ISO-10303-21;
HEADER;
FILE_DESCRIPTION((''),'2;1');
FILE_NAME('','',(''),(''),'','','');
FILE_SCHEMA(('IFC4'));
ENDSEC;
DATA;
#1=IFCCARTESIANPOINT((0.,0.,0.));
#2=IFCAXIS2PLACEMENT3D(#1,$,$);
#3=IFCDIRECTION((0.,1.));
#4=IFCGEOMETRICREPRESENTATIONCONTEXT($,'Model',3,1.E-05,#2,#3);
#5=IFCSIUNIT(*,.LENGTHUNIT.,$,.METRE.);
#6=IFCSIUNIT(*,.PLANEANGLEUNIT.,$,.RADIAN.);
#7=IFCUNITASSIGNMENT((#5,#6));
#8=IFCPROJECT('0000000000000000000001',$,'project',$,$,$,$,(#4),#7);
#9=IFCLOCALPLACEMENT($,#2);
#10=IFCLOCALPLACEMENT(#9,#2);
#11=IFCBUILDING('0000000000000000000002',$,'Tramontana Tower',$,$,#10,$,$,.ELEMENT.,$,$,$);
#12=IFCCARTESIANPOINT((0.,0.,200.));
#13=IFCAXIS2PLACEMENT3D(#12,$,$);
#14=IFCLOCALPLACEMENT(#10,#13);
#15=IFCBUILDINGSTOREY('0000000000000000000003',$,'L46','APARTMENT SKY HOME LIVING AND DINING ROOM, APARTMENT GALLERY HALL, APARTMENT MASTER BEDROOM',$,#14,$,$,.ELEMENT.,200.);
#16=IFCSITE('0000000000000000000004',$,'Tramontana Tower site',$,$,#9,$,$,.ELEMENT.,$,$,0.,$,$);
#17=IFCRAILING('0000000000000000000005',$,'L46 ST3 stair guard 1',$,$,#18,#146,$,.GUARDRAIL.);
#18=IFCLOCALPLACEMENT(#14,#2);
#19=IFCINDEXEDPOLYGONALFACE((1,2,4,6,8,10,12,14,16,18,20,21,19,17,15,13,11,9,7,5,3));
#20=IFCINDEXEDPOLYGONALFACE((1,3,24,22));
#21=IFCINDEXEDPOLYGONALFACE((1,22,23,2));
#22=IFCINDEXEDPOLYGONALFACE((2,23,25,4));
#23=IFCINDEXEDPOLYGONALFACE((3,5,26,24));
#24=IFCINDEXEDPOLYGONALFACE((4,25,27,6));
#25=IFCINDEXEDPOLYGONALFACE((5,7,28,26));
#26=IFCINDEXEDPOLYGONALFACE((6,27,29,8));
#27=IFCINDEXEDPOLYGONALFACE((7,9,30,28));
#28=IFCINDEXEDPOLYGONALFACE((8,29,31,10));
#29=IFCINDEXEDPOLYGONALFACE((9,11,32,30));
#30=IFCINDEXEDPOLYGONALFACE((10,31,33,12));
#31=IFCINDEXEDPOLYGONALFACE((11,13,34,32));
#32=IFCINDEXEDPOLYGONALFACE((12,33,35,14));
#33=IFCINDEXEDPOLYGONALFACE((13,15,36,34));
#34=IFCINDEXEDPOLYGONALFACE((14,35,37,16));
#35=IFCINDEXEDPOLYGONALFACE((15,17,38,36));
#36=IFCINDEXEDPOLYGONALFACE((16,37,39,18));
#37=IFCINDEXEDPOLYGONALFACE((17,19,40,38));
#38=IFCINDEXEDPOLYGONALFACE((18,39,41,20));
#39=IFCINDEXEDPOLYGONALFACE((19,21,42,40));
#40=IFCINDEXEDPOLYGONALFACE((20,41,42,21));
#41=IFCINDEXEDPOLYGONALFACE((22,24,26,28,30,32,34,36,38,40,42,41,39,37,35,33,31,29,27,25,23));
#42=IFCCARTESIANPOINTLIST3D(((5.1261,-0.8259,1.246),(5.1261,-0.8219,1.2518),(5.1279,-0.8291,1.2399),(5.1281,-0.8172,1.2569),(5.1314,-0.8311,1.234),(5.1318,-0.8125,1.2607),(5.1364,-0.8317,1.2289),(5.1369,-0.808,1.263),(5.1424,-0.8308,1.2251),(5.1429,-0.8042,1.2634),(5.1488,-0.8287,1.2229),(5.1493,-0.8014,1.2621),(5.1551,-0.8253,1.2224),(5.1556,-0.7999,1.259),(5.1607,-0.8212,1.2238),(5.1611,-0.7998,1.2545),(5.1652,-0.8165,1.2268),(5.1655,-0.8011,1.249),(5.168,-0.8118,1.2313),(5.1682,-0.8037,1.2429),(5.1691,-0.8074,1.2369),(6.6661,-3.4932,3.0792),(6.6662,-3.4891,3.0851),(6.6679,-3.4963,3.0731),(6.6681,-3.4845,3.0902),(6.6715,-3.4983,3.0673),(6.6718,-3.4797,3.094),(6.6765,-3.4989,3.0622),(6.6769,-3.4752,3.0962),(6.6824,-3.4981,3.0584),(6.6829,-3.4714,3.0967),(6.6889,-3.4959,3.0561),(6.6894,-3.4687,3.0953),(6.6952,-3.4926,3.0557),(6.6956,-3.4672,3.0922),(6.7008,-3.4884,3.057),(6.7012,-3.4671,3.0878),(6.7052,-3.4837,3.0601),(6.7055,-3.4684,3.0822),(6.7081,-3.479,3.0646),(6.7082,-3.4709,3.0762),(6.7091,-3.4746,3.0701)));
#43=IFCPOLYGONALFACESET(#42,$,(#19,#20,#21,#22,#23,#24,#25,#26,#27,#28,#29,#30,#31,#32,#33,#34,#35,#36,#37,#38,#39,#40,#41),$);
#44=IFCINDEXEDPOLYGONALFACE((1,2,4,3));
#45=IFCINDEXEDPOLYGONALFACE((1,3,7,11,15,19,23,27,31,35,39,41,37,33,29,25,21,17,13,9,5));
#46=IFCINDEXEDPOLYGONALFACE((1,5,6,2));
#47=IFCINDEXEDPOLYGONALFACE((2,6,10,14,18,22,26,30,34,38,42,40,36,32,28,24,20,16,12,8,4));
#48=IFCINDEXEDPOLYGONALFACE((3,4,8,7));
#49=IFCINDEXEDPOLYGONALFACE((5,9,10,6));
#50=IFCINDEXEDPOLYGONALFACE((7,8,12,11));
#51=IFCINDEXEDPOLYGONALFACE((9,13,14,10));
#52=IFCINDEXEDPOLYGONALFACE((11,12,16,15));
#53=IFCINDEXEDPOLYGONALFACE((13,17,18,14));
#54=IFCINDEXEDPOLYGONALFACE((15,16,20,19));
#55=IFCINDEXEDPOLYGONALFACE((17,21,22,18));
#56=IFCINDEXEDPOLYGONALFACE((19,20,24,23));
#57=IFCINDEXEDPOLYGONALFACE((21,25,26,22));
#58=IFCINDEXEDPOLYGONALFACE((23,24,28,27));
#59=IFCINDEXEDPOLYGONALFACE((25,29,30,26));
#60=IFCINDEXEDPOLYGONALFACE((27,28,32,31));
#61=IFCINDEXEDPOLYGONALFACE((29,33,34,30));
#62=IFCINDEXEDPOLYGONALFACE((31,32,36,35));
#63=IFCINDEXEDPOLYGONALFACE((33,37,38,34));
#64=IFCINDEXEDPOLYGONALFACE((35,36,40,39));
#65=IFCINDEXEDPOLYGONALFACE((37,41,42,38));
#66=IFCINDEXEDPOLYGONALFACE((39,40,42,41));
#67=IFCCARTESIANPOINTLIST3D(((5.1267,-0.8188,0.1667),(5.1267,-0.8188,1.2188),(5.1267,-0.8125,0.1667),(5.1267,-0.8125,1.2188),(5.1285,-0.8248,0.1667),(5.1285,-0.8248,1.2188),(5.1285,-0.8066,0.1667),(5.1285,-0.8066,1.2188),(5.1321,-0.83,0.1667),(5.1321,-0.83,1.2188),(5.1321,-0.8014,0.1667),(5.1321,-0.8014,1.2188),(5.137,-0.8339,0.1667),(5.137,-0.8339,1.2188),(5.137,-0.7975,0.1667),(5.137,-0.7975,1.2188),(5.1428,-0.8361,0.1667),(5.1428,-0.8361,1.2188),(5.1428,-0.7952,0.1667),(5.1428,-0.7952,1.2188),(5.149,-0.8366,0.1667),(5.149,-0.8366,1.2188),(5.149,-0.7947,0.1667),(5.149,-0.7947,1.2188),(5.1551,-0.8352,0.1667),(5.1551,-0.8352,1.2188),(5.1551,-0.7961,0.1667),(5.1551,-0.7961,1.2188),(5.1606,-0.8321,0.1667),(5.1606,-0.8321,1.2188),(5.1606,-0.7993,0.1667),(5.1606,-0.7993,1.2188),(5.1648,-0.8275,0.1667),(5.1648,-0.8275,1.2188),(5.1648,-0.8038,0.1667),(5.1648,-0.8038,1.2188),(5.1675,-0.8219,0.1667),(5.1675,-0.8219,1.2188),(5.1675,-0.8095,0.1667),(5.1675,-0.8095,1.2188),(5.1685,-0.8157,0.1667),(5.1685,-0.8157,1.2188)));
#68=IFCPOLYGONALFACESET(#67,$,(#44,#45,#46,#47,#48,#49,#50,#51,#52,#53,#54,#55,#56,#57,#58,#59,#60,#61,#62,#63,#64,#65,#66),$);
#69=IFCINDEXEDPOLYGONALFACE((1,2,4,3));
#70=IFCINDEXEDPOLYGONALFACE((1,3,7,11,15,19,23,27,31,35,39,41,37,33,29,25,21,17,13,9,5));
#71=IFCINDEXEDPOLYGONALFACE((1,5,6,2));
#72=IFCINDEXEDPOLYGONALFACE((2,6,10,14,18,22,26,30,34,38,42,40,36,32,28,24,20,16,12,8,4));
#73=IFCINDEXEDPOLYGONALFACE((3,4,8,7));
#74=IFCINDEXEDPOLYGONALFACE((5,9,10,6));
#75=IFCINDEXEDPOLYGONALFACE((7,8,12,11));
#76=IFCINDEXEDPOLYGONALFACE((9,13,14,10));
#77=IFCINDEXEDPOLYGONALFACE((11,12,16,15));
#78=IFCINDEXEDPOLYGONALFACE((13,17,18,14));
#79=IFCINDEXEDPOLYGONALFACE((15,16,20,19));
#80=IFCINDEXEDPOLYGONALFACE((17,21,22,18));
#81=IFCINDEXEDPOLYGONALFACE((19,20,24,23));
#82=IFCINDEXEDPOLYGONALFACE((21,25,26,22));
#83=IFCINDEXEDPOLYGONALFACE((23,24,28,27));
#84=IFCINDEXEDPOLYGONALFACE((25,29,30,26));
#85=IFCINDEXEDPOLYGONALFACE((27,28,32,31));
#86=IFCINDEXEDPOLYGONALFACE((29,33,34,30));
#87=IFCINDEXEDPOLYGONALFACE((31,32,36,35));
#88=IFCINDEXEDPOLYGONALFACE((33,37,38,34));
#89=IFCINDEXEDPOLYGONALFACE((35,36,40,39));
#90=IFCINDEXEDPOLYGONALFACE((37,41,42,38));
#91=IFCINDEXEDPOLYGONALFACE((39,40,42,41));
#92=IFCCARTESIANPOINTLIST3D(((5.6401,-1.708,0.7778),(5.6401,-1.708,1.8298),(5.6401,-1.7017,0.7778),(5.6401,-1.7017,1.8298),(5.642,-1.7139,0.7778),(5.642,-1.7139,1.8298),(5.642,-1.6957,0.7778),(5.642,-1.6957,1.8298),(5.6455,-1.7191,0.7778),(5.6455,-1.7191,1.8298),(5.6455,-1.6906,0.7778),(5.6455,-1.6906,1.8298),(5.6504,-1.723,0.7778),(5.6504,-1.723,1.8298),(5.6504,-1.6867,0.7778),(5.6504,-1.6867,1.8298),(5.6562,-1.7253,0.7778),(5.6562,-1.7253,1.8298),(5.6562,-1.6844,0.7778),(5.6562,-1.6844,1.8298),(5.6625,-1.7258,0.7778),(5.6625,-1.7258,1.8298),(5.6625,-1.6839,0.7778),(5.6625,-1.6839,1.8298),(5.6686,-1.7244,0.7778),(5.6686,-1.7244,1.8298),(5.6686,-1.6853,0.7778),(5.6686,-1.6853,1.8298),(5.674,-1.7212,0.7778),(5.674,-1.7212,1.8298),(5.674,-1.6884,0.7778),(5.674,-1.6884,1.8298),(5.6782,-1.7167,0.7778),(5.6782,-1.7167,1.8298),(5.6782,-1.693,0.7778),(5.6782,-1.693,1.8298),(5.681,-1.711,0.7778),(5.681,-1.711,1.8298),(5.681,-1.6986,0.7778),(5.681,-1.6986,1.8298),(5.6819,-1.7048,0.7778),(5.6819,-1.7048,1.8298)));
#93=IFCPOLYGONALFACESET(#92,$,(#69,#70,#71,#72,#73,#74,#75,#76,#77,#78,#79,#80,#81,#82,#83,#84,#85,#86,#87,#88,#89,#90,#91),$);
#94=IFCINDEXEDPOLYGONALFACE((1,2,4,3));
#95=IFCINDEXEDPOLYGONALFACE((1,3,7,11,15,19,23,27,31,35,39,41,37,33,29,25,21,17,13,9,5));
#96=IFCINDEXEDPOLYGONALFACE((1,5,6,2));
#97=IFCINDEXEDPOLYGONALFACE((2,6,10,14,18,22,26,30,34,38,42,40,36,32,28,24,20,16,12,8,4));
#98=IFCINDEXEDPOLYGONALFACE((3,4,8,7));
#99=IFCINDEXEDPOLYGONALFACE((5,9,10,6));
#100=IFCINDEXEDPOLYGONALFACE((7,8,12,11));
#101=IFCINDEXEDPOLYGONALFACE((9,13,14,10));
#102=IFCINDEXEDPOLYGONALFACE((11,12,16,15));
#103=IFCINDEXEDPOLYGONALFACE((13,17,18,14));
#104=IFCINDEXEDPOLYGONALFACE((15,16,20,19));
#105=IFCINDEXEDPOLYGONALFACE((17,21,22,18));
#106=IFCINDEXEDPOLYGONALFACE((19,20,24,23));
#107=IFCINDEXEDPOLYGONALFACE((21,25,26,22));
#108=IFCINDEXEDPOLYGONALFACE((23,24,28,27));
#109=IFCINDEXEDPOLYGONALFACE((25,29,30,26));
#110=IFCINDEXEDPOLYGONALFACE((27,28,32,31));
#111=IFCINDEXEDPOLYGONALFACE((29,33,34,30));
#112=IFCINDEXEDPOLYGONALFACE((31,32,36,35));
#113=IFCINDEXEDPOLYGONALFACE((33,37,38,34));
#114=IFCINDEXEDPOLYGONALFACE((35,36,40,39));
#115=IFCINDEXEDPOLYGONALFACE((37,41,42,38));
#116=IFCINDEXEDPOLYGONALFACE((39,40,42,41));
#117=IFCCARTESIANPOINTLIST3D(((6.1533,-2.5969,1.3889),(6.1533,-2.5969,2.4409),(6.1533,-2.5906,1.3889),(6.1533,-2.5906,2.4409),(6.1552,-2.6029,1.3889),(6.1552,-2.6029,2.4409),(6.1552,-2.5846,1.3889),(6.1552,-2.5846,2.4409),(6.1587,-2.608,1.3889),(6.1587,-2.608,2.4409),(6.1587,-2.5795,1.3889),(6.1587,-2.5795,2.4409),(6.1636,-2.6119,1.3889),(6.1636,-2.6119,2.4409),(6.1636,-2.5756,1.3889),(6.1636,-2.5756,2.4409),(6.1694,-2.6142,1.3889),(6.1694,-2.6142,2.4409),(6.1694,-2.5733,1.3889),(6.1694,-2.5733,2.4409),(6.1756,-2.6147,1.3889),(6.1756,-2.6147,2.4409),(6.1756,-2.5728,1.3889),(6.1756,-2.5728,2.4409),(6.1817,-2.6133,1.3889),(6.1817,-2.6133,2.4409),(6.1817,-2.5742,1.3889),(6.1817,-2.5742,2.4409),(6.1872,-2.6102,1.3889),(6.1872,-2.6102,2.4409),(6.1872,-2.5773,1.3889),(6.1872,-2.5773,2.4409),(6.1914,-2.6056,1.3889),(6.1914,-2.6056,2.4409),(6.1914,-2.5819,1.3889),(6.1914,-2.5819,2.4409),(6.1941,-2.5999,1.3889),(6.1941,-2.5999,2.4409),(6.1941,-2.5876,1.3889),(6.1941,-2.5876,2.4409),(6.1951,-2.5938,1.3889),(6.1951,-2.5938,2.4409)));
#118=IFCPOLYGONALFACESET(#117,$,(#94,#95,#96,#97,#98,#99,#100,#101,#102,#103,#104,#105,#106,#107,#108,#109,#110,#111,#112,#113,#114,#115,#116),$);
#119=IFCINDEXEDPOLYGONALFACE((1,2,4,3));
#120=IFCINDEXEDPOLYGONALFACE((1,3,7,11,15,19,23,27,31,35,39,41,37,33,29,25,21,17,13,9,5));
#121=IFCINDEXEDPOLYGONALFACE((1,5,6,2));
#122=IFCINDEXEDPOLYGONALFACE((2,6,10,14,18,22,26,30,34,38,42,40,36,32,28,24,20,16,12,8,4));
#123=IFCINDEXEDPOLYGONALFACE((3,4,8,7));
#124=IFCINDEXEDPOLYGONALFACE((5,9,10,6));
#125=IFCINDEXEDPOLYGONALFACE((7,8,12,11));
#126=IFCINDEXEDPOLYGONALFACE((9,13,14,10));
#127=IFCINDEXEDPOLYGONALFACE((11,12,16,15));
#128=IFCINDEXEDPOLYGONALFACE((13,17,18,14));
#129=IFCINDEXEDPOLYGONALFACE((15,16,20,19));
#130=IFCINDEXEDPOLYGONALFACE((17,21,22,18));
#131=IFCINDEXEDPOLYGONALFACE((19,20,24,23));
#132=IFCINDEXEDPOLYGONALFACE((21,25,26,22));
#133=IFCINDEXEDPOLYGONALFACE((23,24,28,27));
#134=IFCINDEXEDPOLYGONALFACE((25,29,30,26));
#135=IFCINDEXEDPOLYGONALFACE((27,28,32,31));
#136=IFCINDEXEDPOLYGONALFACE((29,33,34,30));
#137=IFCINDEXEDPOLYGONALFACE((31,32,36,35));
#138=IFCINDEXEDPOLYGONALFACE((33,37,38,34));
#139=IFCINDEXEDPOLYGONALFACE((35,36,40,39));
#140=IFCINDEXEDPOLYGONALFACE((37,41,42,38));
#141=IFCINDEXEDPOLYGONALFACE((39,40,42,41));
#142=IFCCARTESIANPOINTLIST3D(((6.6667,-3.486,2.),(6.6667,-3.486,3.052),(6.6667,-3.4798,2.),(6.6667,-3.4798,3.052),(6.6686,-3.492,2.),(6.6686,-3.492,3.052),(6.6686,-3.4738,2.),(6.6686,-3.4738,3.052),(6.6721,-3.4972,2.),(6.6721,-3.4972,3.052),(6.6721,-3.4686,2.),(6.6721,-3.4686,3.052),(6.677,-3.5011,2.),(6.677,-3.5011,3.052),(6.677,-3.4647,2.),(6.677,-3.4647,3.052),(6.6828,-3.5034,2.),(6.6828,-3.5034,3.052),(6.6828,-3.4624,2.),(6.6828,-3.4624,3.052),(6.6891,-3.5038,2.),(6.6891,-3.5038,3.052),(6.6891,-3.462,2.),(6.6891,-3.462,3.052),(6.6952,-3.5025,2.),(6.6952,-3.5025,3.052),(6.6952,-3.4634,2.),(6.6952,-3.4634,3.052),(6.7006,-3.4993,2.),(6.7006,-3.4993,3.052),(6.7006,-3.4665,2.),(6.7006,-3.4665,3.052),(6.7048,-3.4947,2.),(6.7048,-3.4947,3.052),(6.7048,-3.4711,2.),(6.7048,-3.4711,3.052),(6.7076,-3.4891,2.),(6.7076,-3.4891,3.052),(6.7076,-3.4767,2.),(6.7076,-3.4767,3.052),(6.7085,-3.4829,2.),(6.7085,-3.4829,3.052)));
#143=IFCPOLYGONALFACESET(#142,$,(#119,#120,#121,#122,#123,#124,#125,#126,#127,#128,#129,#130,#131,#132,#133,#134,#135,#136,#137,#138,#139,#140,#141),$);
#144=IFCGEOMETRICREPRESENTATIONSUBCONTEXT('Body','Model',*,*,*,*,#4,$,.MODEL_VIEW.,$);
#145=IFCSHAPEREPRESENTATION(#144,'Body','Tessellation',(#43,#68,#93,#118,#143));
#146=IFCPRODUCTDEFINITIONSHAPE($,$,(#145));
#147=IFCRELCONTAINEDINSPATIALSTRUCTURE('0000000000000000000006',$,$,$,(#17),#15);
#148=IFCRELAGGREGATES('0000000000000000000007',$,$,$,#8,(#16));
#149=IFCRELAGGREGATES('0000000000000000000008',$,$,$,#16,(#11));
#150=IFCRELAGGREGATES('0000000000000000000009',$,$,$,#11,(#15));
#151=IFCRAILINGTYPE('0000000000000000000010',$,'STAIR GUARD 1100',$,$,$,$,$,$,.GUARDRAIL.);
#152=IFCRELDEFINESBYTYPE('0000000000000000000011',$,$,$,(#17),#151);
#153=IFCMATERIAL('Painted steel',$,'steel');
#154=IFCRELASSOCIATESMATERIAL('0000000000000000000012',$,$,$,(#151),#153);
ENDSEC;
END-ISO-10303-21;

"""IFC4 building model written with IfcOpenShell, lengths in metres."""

from ifc_helpers import new_model, si_unit, direction, frame, origin, origin_2d, place, context, subcontext, project, spatial, circle, extrude, material, type_object, element, save


model = new_model("IFC4")

# Units and contexts
model_context = context("Model", 3, precision=1e-05, world=origin(), true_north=direction((0.0, 1.0)))
body_context = subcontext(model_context, "Body", "Model", "MODEL_VIEW")
ifc_project = project(units=[si_unit("LENGTHUNIT", "METRE"), si_unit("PLANEANGLEUNIT", "RADIAN")], contexts=[model_context])

# Site, building, storey
site_placement = place(None, origin())
site = spatial("IfcSite", under=ifc_project, at=site_placement, Name="Tramontana Tower site", CompositionType="ELEMENT", RefElevation=0.0)
building_placement = place(site_placement, origin())
building = spatial("IfcBuilding", under=site, at=building_placement, Name="Tramontana Tower", CompositionType="ELEMENT")
storey_placement = place(building_placement, frame((0.0, 0.0, 200.0)))
storey = spatial("IfcBuildingStorey", under=building, at=storey_placement, Name="L46", Description="APARTMENT SKY HOME LIVING AND DINING ROOM, APARTMENT GALLERY HALL, APARTMENT MASTER BEDROOM", CompositionType="ELEMENT", Elevation=200.0)

# Railing
ifc_material_1 = material(Name="Painted steel", Category="steel")
railing_type_1 = type_object("IfcRailingType", Name="STAIR GUARD 1100", PredefinedType="GUARDRAIL", material=ifc_material_1)
railing_1_placement = place(storey_placement, frame((5.1475, -0.8157, 0.1667)))
element("IfcRailing", 1, at=railing_1_placement, inside=storey, type_object=railing_type_1, Name="L46 ST3 stair guard 1", PredefinedType="GUARDRAIL", context=body_context, shape_type="SweptSolid", body=[
    extrude(circle(Radius=0.0239, at=origin_2d()), frame((0.0, 0.0, 1.0762), z_axis=(0.429671, -0.744159, 0.511478), x_axis=(0.86601, 0.500027, 0.0)), (0.0, 0.0, 1.0), 3.5842),
    extrude(circle(Radius=0.021, at=origin_2d()), origin(), (0.0, 0.0, 1.0), 1.052),
    extrude(circle(Radius=0.021, at=origin_2d()), frame((0.5134, -0.8892, 0.6111)), (0.0, 0.0, 1.0), 1.052),
    extrude(circle(Radius=0.021, at=origin_2d()), frame((1.0266, -1.7781, 1.2222)), (0.0, 0.0, 1.0), 1.052),
    extrude(circle(Radius=0.021, at=origin_2d()), frame((1.54, -2.6672, 1.8333)), (0.0, 0.0, 1.0), 1.052),
])

save(model, "model.ifc")
